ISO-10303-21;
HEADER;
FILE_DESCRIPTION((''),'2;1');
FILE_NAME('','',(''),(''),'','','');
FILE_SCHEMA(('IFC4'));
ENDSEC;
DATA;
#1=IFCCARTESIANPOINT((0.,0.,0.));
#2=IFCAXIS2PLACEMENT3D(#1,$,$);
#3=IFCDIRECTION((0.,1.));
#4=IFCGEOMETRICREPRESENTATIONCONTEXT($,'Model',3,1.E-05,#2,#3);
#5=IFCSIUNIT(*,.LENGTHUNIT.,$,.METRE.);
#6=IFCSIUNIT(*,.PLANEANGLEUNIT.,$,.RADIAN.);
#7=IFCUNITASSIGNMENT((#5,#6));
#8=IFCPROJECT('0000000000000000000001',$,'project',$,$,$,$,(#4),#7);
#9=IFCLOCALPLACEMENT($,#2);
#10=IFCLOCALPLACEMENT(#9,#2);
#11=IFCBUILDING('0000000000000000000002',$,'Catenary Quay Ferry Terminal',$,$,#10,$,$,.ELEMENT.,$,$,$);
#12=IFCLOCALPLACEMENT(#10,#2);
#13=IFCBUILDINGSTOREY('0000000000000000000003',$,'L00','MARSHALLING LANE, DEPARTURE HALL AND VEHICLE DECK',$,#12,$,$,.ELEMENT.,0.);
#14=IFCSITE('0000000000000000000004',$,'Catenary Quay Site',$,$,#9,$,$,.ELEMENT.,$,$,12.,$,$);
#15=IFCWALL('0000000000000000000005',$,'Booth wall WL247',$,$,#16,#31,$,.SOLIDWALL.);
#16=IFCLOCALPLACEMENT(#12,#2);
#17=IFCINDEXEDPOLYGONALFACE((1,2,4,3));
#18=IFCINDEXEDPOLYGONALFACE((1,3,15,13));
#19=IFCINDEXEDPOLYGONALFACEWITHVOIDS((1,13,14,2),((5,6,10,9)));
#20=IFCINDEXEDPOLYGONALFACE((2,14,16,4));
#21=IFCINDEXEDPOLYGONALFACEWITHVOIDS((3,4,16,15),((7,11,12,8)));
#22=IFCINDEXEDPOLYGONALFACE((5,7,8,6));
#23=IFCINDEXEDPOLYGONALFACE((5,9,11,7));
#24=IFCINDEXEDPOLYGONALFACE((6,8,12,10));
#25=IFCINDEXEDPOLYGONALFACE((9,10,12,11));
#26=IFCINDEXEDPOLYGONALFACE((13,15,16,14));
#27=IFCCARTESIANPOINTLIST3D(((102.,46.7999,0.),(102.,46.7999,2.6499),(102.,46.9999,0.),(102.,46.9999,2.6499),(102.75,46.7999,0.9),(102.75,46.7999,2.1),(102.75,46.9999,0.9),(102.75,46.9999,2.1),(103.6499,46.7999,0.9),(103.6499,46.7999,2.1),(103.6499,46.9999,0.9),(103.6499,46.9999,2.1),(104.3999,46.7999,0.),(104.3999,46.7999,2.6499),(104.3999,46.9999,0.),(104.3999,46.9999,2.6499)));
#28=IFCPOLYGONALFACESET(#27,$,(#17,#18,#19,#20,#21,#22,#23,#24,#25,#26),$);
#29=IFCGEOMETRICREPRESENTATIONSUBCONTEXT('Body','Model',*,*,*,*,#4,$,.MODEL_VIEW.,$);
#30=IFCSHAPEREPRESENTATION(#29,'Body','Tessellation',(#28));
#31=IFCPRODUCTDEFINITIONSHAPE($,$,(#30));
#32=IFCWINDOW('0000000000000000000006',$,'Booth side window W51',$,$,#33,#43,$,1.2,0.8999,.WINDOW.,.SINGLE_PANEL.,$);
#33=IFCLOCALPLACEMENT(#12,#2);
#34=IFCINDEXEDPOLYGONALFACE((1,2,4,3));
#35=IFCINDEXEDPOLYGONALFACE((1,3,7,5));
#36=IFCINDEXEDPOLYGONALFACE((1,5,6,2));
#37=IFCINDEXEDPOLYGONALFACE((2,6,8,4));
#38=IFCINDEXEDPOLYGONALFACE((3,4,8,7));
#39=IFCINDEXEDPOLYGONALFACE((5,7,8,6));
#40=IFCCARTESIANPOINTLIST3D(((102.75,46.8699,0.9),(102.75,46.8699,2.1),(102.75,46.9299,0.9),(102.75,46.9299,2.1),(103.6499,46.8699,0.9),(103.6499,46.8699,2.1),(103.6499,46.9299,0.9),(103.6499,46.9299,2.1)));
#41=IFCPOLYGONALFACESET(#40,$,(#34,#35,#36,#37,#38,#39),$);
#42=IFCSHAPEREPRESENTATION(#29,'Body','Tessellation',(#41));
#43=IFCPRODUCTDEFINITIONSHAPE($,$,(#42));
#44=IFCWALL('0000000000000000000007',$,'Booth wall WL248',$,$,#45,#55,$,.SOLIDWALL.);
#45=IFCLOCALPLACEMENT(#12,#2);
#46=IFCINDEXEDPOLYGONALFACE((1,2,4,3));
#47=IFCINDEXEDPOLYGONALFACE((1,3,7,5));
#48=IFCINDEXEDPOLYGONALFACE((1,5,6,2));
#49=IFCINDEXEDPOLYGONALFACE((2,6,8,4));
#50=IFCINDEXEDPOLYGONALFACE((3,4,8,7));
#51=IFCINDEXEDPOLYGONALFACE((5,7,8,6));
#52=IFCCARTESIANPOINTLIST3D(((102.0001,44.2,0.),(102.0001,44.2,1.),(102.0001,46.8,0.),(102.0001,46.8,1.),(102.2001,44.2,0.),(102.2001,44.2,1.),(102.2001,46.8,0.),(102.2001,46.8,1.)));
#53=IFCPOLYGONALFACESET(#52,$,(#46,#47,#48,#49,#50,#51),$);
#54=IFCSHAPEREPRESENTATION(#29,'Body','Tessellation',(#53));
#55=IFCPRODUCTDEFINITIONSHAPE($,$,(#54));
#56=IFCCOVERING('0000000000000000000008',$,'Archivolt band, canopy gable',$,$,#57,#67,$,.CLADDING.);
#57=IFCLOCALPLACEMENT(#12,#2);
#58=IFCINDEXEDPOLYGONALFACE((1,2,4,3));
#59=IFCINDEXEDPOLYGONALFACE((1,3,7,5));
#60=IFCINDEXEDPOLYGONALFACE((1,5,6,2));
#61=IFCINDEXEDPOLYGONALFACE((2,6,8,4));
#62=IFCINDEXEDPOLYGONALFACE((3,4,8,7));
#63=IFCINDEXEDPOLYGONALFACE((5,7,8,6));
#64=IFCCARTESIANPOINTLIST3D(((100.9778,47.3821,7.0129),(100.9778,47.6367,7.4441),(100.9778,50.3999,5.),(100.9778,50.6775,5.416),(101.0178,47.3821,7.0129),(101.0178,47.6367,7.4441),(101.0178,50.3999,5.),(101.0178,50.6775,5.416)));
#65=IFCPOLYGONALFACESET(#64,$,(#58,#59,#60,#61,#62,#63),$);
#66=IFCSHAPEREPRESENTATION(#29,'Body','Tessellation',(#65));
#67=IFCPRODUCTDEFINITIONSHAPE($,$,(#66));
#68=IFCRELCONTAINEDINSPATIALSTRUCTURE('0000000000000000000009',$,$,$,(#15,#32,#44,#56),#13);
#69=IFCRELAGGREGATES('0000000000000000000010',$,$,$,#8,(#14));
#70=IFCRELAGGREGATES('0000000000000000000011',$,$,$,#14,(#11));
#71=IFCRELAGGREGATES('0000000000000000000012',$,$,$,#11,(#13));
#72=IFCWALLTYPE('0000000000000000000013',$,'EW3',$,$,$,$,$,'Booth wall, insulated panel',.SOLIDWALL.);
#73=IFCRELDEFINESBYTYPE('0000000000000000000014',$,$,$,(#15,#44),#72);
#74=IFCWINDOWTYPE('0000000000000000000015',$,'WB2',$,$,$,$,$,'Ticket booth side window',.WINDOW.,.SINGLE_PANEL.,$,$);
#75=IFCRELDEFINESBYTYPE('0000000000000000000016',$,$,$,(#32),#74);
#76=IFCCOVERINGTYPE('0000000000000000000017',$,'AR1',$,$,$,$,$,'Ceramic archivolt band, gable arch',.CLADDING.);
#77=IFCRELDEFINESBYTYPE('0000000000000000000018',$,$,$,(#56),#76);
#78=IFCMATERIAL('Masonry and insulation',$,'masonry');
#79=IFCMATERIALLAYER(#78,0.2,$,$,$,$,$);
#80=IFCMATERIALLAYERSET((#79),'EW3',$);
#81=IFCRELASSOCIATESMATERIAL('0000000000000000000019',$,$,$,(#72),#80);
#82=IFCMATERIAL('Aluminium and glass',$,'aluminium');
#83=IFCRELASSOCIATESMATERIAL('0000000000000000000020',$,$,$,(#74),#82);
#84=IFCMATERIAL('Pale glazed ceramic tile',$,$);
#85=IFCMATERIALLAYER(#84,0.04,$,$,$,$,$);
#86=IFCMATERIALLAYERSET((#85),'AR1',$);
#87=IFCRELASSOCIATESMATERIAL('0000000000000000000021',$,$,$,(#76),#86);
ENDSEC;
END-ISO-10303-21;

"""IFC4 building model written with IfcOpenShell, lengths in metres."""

from ifc_helpers import new_model, si_unit, direction, frame, frame_2d, origin, place, context, subcontext, project, spatial, polyline, rectangle, outline, extrude, material, layer, layer_set, type_object, element, fill, save


model = new_model("IFC4")

# Units and contexts
model_context = context("Model", 3, precision=1e-05, world=origin(), true_north=direction((0.0, 1.0)))
body_context = subcontext(model_context, "Body", "Model", "MODEL_VIEW")
ifc_project = project(units=[si_unit("LENGTHUNIT", "METRE"), si_unit("PLANEANGLEUNIT", "RADIAN")], contexts=[model_context])

# Site, building, storey
site_placement = place(None, origin())
site = spatial("IfcSite", under=ifc_project, at=site_placement, Name="Catenary Quay Site", CompositionType="ELEMENT", RefElevation=12.0)
building_placement = place(site_placement, origin())
building = spatial("IfcBuilding", under=site, at=building_placement, Name="Catenary Quay Ferry Terminal", CompositionType="ELEMENT")
storey_placement = place(building_placement, origin())
storey = spatial("IfcBuildingStorey", under=building, at=storey_placement, Name="L00", Description="MARSHALLING LANE, DEPARTURE HALL AND VEHICLE DECK", CompositionType="ELEMENT", Elevation=0.0)

# Shared definitions
ifc_material_1 = material(Name="Masonry and insulation", Category="masonry")
ifc_layer_1 = layer(ifc_material_1, 0.2)
ifc_layer_set_1 = layer_set([ifc_layer_1], Name="EW3")
wall_type = type_object("IfcWallType", Name="EW3", ElementType="Booth wall, insulated panel", PredefinedType="SOLIDWALL", material=ifc_layer_set_1)

# Wall, opening, window
wall_1_placement = place(storey_placement, frame((102.0, 46.8999, 0.0), z_axis=(0.0, 0.0, 1.0), x_axis=(1.0, 0.0, 0.0)))
wall_1 = element("IfcWall", 1, at=wall_1_placement, inside=storey, type_object=wall_type, Name="Booth wall WL247", PredefinedType="SOLIDWALL", context=body_context, shape_type="SweptSolid", body=[
    extrude(rectangle(XDim=2.3999, YDim=0.2, at=frame_2d((1.2, 0.0))), origin(), (0.0, 0.0, 1.0), 2.6499),
])
opening_1_placement = place(wall_1_placement, frame((0.75, 0.0, 0.8999)))
opening_1 = element("IfcOpeningElement", 2, at=opening_1_placement, cuts=wall_1, PredefinedType="OPENING", context=body_context, shape_type="SweptSolid", body=[
    extrude(rectangle(XDim=0.8999, YDim=1.2, at=frame_2d((0.45, 0.6001))), frame((0.0, 0.1099, 0.0), z_axis=(0.0, -1.0, 0.0), x_axis=(1.0, 0.0, 0.0)), (0.0, 0.0, 1.0), 0.22),
])
ifc_material_2 = material(Name="Aluminium and glass", Category="aluminium")
window_type = type_object("IfcWindowType", Name="WB2", ElementType="Ticket booth side window", PartitioningType="SINGLE_PANEL", PredefinedType="WINDOW", material=ifc_material_2)
window_placement = place(opening_1_placement, origin())
window = element("IfcWindow", 3, at=window_placement, inside=storey, type_object=window_type, Name="Booth side window W51", OverallHeight=1.2, OverallWidth=0.8999, PartitioningType="SINGLE_PANEL", PredefinedType="WINDOW", context=body_context, shape_type="SweptSolid", body=[
    extrude(rectangle(XDim=0.8999, YDim=1.2, at=frame_2d((0.45, 0.6001))), frame((0.0, 0.03, 0.0), z_axis=(0.0, -1.0, 0.0), x_axis=(1.0, 0.0, 0.0)), (0.0, 0.0, 1.0), 0.0601),
])
fill(opening_1, window)

# Wall
wall_2_placement = place(storey_placement, frame((102.1001, 44.2, 0.0), z_axis=(0.0, 0.0, 1.0), x_axis=(0.0, 1.0, 0.0)))
element("IfcWall", 4, at=wall_2_placement, inside=storey, type_object=wall_type, Name="Booth wall WL248", PredefinedType="SOLIDWALL", context=body_context, shape_type="SweptSolid", body=[
    extrude(rectangle(XDim=2.6001, YDim=0.2, at=frame_2d((1.3, 0.0))), origin(), (0.0, 0.0, 1.0), 1.0),
])

# Covering
ifc_material_3 = material(Name="Pale glazed ceramic tile")
ifc_layer_2 = layer(ifc_material_3, 0.04)
ifc_layer_set_2 = layer_set([ifc_layer_2], Name="AR1")
covering_type = type_object("IfcCoveringType", Name="AR1", ElementType="Ceramic archivolt band, gable arch", PredefinedType="CLADDING", material=ifc_layer_set_2)
covering_placement = place(storey_placement, frame((100.9778, 47.6367, 7.4441), z_axis=(-1.0, 0.0, 0.0), x_axis=(0.0, 0.831937, -0.55487)))
element("IfcCovering", 5, at=covering_placement, inside=storey, type_object=covering_type, Name="Archivolt band, canopy gable", PredefinedType="CLADDING", context=body_context, shape_type="SweptSolid", body=[
    extrude(outline(polyline([(0.0, 0.0), (3.655, 0.0), (3.6549, 0.5001), (0.0274, 0.5), (0.0, 0.0)])), origin(), (0.0, 0.0, -1.0), 0.04),
])

save(model, "model.ifc")
